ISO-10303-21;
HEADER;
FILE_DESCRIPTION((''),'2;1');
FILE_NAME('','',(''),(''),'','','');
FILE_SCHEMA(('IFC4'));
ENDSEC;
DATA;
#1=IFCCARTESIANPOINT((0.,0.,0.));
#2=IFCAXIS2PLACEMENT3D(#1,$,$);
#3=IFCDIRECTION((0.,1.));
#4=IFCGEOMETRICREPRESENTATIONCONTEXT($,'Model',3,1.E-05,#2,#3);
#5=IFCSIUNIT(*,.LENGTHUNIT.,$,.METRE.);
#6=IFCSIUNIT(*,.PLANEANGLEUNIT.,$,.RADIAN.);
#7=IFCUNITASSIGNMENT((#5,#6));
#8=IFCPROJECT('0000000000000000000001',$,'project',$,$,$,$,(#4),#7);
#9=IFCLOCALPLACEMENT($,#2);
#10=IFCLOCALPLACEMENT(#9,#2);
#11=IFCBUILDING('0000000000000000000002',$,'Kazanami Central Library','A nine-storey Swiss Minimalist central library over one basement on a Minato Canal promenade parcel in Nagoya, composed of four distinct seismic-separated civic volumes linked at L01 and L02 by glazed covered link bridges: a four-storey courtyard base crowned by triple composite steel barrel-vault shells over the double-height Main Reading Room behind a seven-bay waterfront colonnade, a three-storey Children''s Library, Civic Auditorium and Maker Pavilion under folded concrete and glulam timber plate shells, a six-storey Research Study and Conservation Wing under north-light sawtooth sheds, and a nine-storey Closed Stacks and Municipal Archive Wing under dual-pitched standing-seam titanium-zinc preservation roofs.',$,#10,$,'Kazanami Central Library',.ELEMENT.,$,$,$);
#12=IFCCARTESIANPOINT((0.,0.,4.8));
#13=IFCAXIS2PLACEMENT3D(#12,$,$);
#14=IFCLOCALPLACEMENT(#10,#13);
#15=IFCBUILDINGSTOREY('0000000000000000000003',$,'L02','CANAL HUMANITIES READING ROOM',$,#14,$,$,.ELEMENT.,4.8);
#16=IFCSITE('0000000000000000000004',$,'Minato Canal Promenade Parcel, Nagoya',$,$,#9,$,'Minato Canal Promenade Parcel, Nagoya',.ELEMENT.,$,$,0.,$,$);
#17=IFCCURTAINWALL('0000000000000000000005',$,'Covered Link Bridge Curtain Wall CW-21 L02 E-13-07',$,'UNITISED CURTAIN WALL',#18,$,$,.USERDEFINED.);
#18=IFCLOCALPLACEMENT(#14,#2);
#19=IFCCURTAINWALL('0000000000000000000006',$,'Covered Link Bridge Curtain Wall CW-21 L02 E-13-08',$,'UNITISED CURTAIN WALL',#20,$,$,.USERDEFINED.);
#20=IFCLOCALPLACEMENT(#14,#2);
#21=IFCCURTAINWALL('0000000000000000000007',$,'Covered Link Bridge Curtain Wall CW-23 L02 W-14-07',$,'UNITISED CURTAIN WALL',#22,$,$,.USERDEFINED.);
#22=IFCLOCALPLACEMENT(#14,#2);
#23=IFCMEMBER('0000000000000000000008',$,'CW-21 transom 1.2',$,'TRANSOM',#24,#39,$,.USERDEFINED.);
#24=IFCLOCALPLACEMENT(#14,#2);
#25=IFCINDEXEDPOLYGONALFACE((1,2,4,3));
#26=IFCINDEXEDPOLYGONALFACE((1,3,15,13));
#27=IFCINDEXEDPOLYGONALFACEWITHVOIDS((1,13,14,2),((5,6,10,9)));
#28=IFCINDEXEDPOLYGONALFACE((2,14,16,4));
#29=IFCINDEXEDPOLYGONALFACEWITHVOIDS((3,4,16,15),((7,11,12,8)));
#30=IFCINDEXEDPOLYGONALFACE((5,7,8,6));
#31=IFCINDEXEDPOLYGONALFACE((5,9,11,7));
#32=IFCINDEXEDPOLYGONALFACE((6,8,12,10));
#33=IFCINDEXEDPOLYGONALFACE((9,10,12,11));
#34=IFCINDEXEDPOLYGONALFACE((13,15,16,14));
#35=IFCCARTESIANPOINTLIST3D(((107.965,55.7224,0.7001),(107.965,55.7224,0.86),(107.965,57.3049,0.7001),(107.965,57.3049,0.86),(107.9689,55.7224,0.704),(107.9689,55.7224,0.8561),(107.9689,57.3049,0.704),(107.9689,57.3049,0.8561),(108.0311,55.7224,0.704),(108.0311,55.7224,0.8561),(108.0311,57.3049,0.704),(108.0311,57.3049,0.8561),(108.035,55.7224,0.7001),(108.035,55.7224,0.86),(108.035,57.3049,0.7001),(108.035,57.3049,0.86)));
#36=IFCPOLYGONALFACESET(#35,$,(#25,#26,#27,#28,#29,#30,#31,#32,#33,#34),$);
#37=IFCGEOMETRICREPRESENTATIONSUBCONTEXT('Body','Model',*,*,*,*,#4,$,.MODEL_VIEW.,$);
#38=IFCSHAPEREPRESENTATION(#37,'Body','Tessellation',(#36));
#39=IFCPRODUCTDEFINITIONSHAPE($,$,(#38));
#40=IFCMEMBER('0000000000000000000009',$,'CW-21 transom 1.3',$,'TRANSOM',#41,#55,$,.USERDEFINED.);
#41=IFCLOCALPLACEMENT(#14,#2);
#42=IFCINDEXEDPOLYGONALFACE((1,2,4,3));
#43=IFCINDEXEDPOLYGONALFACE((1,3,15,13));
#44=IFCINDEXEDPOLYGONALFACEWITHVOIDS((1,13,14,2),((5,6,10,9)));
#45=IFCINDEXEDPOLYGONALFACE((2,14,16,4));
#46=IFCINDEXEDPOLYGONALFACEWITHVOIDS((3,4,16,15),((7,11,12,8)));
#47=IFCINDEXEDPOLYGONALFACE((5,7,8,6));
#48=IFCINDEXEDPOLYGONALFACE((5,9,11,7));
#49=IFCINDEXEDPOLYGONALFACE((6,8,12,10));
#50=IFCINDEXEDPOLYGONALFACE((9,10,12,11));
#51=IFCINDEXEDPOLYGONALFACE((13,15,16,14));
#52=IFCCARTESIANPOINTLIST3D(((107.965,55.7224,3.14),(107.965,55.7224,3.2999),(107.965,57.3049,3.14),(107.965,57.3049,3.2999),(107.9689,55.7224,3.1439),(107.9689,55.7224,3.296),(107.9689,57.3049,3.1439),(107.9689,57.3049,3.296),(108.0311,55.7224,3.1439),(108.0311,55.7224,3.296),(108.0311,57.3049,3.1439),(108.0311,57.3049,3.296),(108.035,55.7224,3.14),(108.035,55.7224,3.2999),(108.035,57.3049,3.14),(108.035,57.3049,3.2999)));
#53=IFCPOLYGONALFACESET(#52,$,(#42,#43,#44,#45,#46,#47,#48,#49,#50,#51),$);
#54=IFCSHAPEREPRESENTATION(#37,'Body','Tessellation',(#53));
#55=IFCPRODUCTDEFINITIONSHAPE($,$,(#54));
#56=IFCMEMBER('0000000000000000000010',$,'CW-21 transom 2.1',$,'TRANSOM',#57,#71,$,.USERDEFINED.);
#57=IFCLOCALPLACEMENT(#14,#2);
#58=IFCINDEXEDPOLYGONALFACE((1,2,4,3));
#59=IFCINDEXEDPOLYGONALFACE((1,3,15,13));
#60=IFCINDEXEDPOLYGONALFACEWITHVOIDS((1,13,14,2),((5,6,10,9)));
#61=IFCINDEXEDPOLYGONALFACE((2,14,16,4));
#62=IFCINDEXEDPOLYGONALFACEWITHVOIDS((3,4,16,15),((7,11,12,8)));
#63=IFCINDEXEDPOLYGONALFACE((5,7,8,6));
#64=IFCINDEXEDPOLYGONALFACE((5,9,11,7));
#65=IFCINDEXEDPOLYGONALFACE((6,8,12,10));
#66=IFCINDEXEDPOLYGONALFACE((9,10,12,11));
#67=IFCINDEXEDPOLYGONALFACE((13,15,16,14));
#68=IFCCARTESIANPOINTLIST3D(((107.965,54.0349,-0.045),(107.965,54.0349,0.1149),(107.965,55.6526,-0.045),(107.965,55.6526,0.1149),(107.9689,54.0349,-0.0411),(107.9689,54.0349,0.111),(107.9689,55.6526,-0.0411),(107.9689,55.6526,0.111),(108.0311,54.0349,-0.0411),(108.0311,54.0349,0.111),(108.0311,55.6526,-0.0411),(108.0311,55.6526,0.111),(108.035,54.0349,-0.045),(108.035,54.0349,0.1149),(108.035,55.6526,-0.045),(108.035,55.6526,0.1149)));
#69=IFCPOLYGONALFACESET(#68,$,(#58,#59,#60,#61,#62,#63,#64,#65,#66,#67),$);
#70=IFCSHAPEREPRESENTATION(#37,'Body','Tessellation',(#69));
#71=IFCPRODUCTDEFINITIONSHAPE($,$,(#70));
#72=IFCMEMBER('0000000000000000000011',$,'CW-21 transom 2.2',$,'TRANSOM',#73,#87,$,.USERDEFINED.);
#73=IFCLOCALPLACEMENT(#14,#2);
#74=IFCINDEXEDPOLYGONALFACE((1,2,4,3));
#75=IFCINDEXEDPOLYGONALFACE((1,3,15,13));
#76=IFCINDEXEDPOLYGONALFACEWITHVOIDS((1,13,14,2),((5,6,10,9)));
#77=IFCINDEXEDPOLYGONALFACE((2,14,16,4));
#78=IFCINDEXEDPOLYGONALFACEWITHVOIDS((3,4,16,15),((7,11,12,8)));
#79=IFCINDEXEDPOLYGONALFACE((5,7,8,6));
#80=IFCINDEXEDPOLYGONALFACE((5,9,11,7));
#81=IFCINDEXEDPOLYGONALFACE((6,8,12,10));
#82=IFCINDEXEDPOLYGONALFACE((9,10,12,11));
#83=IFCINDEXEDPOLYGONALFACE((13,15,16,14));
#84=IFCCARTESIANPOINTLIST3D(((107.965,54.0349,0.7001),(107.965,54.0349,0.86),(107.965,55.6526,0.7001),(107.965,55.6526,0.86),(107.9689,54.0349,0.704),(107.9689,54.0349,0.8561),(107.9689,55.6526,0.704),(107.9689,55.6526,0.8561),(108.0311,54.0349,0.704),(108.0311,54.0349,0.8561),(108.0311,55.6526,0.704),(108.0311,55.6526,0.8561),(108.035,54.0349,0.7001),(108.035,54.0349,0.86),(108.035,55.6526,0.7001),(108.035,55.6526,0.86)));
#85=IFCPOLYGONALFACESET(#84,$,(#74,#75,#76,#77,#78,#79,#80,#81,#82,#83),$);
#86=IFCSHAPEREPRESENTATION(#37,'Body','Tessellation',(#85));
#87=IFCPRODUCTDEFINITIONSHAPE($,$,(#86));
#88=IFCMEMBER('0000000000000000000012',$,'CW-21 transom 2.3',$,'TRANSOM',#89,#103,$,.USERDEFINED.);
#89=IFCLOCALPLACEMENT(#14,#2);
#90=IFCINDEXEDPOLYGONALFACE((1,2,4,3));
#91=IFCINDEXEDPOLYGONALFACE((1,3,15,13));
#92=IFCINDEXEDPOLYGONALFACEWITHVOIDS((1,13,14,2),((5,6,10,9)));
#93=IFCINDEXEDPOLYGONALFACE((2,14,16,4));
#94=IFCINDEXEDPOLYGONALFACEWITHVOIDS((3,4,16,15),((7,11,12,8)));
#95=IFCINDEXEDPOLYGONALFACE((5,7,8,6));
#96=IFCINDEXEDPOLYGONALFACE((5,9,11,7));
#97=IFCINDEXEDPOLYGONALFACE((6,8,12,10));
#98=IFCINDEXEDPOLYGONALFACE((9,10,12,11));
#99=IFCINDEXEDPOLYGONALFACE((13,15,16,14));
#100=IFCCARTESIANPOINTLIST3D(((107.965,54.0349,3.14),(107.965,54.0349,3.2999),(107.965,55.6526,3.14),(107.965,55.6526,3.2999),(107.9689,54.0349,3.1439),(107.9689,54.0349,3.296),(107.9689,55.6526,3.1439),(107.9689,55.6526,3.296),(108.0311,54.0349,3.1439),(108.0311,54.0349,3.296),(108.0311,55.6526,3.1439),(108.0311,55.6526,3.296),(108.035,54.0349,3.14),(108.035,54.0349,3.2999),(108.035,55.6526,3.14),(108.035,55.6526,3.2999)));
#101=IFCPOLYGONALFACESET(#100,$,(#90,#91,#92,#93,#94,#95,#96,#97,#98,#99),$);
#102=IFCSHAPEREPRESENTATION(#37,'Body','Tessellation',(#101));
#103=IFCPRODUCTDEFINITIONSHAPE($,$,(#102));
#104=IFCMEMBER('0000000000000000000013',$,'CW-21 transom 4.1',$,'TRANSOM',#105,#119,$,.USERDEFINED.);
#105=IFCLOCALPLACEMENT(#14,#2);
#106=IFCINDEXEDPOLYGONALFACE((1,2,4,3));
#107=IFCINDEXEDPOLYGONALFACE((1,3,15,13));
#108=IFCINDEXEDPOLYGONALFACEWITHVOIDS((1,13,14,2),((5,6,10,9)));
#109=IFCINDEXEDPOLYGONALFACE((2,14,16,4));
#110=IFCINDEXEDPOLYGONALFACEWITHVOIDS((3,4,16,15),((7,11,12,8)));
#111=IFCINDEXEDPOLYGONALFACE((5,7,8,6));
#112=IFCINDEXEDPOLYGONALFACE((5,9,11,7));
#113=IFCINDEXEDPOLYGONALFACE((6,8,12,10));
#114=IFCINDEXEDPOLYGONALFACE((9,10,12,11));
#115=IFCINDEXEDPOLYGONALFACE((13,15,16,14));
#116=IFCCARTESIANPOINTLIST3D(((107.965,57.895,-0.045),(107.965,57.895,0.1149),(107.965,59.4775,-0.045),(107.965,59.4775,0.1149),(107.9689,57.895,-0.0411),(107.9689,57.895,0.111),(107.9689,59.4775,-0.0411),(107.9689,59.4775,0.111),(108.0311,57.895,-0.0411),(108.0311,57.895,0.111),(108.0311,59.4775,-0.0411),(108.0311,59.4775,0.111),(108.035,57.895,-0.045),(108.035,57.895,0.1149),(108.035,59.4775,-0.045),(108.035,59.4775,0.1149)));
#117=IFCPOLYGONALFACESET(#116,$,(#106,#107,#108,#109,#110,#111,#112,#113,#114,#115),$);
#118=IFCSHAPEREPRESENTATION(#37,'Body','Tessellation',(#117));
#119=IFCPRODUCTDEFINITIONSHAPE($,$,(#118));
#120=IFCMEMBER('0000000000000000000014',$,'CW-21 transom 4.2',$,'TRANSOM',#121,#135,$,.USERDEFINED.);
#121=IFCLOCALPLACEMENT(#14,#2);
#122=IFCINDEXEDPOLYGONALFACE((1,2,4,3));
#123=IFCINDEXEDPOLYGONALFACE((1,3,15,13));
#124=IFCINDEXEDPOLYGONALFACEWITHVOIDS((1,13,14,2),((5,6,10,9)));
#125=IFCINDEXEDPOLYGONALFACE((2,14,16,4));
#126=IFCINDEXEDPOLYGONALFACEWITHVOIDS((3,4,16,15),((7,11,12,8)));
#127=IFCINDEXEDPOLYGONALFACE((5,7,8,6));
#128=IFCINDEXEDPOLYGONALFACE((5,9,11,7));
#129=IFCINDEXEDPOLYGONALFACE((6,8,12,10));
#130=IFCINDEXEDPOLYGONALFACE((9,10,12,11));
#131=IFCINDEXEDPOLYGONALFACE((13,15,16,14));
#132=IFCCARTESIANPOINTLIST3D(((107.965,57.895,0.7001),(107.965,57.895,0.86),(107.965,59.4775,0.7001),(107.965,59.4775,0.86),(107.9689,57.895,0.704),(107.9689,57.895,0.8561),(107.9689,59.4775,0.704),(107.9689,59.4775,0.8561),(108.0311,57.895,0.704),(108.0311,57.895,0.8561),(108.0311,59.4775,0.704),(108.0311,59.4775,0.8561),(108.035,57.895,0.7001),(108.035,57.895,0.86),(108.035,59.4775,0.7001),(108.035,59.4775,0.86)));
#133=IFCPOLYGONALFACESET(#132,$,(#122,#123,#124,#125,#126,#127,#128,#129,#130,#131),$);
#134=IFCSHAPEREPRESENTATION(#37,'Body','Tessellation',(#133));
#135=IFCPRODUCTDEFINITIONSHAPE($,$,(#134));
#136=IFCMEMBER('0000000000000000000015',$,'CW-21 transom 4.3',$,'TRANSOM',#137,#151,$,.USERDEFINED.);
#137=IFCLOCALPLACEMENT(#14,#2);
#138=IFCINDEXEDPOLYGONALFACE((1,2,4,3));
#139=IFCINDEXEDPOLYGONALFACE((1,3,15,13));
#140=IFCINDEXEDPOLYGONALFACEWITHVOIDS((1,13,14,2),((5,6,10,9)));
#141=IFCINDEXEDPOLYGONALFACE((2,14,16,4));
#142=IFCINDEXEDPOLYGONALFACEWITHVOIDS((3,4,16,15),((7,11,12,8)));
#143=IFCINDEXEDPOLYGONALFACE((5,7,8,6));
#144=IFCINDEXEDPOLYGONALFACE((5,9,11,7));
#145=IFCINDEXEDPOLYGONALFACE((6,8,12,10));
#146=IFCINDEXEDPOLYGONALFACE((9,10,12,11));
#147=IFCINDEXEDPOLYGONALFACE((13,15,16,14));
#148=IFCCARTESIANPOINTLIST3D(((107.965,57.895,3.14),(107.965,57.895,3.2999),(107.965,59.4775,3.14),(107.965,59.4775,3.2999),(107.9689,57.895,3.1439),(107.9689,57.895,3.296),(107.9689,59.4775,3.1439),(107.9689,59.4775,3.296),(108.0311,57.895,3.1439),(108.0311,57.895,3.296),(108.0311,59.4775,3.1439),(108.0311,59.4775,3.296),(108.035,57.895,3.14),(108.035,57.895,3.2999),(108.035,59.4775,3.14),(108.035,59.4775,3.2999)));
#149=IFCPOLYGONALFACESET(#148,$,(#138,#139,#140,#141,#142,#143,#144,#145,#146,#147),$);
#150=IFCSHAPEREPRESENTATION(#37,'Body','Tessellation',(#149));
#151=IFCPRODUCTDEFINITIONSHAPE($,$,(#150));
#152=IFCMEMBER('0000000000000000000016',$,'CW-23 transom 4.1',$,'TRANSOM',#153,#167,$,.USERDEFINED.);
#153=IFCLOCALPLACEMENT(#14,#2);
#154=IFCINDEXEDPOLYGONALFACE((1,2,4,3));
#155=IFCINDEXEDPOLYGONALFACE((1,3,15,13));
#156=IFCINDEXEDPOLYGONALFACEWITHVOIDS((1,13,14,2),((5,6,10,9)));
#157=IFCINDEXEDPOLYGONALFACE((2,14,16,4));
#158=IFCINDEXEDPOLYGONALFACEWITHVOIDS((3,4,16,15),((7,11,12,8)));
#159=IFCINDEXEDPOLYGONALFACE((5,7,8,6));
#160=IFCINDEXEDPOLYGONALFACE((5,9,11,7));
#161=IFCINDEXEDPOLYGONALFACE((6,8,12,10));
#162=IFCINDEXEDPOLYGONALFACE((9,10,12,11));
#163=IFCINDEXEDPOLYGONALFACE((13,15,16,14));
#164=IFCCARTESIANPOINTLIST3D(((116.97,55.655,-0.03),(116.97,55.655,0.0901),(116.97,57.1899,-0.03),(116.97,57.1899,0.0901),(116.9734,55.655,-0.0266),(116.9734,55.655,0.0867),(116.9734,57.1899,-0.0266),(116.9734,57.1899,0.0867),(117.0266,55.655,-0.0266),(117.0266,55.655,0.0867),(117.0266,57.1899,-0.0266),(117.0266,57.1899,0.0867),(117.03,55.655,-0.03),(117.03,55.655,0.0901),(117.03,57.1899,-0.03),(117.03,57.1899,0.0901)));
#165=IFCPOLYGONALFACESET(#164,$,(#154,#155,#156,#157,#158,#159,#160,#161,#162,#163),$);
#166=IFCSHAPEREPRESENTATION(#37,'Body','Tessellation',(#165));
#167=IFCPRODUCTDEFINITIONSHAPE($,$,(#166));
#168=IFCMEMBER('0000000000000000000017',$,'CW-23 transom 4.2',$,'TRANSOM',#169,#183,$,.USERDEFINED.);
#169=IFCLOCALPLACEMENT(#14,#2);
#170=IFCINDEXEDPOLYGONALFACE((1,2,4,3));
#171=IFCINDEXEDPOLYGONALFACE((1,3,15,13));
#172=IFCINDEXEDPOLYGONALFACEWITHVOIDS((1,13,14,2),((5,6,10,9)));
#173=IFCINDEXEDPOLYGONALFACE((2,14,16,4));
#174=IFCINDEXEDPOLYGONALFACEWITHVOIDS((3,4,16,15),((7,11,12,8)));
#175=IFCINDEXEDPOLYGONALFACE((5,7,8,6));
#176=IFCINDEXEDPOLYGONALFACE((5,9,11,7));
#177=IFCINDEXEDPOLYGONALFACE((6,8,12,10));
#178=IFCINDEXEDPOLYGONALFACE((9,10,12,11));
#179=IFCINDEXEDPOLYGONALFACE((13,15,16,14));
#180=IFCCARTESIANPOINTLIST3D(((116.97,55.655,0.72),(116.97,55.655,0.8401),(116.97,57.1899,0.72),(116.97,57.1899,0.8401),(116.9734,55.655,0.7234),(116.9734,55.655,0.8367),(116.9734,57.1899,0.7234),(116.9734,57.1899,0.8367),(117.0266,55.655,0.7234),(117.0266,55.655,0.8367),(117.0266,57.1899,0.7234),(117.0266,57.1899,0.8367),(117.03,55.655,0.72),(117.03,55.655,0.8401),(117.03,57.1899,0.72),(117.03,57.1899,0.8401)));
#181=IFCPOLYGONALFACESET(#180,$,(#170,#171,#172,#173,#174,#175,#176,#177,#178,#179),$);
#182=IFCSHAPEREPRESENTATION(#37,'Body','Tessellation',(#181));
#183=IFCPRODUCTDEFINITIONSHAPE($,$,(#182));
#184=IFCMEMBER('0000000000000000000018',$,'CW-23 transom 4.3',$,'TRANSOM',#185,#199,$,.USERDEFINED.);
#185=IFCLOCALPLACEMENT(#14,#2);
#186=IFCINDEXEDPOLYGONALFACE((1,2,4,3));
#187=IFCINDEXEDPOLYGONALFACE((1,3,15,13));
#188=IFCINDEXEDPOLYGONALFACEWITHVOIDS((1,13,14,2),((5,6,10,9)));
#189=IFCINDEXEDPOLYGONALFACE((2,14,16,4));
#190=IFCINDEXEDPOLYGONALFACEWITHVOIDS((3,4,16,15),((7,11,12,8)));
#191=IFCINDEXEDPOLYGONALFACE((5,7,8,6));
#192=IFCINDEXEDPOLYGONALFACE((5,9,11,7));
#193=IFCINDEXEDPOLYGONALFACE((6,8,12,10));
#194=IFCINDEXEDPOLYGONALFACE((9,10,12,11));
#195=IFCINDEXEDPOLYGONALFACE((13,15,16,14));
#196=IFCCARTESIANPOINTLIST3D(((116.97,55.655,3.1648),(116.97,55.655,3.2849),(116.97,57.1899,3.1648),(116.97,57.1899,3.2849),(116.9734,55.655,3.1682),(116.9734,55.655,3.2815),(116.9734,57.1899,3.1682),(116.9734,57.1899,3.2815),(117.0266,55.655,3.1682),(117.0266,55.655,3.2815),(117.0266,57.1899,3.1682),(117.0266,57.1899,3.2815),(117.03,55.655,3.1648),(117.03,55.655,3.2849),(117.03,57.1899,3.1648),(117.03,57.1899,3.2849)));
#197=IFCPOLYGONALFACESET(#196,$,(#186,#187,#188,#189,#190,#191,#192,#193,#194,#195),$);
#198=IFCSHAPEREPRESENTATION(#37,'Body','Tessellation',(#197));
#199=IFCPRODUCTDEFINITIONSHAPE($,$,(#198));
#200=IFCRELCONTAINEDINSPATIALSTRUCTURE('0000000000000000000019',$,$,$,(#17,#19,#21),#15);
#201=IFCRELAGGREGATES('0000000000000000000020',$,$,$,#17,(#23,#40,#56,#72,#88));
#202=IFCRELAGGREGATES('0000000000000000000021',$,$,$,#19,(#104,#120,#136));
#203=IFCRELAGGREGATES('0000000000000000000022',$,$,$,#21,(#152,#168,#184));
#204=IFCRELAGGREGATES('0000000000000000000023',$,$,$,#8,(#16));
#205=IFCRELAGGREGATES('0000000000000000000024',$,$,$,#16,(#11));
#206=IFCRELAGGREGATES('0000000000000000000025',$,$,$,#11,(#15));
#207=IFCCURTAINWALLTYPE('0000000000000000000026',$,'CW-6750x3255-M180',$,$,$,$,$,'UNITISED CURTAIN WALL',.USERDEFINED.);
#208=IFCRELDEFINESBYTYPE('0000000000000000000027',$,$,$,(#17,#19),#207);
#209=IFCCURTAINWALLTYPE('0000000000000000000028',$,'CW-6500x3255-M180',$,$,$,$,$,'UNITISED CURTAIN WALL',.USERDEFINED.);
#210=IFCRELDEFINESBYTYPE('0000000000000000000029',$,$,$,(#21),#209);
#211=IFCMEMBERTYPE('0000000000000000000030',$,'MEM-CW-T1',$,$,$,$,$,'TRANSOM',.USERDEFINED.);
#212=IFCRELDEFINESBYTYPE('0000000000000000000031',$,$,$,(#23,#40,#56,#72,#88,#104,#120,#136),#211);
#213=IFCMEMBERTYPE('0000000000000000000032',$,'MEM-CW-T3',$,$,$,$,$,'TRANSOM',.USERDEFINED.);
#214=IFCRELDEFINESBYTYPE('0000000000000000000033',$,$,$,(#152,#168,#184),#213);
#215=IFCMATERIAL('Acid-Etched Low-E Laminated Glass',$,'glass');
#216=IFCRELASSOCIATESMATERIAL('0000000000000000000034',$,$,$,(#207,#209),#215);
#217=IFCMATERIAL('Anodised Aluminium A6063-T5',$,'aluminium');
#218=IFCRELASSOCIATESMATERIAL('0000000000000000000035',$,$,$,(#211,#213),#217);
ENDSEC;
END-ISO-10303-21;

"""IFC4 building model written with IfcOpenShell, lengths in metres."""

from ifc_helpers import new_model, si_unit, direction, frame, origin, origin_2d, place, context, subcontext, project, spatial, hollow_rectangle, extrude, material, material_profile, profile_set, type_object, element, aggregate, save


model = new_model("IFC4")

# Units and contexts
model_context = context("Model", 3, precision=1e-05, world=origin(), true_north=direction((0.0, 1.0)))
body_context = subcontext(model_context, "Body", "Model", "MODEL_VIEW")
ifc_project = project(units=[si_unit("LENGTHUNIT", "METRE"), si_unit("PLANEANGLEUNIT", "RADIAN")], contexts=[model_context])

# Site, building, storey
site_placement = place(None, origin())
site = spatial("IfcSite", under=ifc_project, at=site_placement, Name="Minato Canal Promenade Parcel, Nagoya", LongName="Minato Canal Promenade Parcel, Nagoya", CompositionType="ELEMENT", RefElevation=0.0)
building_placement = place(site_placement, origin())
building = spatial("IfcBuilding", under=site, at=building_placement, Name="Kazanami Central Library", Description="A nine-storey Swiss Minimalist central library over one basement on a Minato Canal promenade parcel in Nagoya, composed of four distinct seismic-separated civic volumes linked at L01 and L02 by glazed covered link bridges: a four-storey courtyard base crowned by triple composite steel barrel-vault shells over the double-height Main Reading Room behind a seven-bay waterfront colonnade, a three-storey Children's Library, Civic Auditorium and Maker Pavilion under folded concrete and glulam timber plate shells, a six-storey Research Study and Conservation Wing under north-light sawtooth sheds, and a nine-storey Closed Stacks and Municipal Archive Wing under dual-pitched standing-seam titanium-zinc preservation roofs.", LongName="Kazanami Central Library", CompositionType="ELEMENT")
storey_placement = place(building_placement, frame((0.0, 0.0, 4.8)))
storey = spatial("IfcBuildingStorey", under=building, at=storey_placement, Name="L02", Description="CANAL HUMANITIES READING ROOM", CompositionType="ELEMENT", Elevation=4.8)

# Curtain walls
ifc_material_1 = material(Name="Acid-Etched Low-E Laminated Glass", Category="glass")
curtain_wall_type_1 = type_object("IfcCurtainWallType", Name="CW-6750x3255-M180", ElementType="UNITISED CURTAIN WALL", PredefinedType="USERDEFINED", material=ifc_material_1)
curtain_wall_1_placement = place(storey_placement, origin())
curtain_wall_1 = element("IfcCurtainWall", 1, at=curtain_wall_1_placement, inside=storey, type_object=curtain_wall_type_1, Name="Covered Link Bridge Curtain Wall CW-21 L02 E-13-07", ObjectType="UNITISED CURTAIN WALL", PredefinedType="USERDEFINED")
ifc_material_2 = material(Name="Anodised Aluminium A6063-T5", Category="aluminium")
curtain_wall_2_placement = place(storey_placement, origin())
curtain_wall_2 = element("IfcCurtainWall", 2, at=curtain_wall_2_placement, inside=storey, type_object=curtain_wall_type_1, Name="Covered Link Bridge Curtain Wall CW-21 L02 E-13-08", ObjectType="UNITISED CURTAIN WALL", PredefinedType="USERDEFINED")

# Curtain wall
curtain_wall_type_2 = type_object("IfcCurtainWallType", Name="CW-6500x3255-M180", ElementType="UNITISED CURTAIN WALL", PredefinedType="USERDEFINED", material=ifc_material_1)
curtain_wall_3_placement = place(storey_placement, origin())
curtain_wall_3 = element("IfcCurtainWall", 3, at=curtain_wall_3_placement, inside=storey, type_object=curtain_wall_type_2, Name="Covered Link Bridge Curtain Wall CW-23 L02 W-14-07", ObjectType="UNITISED CURTAIN WALL", PredefinedType="USERDEFINED")

# Members
ifc_material_profile_1 = material_profile(ifc_material_2, hollow_rectangle(XDim=0.0701, YDim=0.1599, WallThickness=0.0039, at=origin_2d()), Name="ALU-TRAN-70x160x4")
ifc_profile_set_1 = profile_set([ifc_material_profile_1], Name="Anodised Aluminium A6063-T5")
member_type_1 = type_object("IfcMemberType", Name="MEM-CW-T1", ElementType="TRANSOM", PredefinedType="USERDEFINED", material=ifc_profile_set_1)
member_1_placement = place(storey_placement, frame((108.0, 57.3049, 0.78), z_axis=(0.0, -1.0, 0.0), x_axis=(1.0, 0.0, 0.0)))
member_1 = element("IfcMember", 4, at=member_1_placement, type_object=member_type_1, Name="CW-21 transom 1.2", ObjectType="TRANSOM", PredefinedType="USERDEFINED", context=body_context, shape_type="SweptSolid", body=[
    extrude(hollow_rectangle(XDim=0.0701, YDim=0.1599, WallThickness=0.0039, at=origin_2d()), origin(), (0.0, 0.0, 1.0), 1.5825),
])
member_2_placement = place(storey_placement, frame((108.0, 57.3049, 3.22), z_axis=(0.0, -1.0, 0.0), x_axis=(1.0, 0.0, 0.0)))
member_2 = element("IfcMember", 5, at=member_2_placement, type_object=member_type_1, Name="CW-21 transom 1.3", ObjectType="TRANSOM", PredefinedType="USERDEFINED", context=body_context, shape_type="SweptSolid", body=[
    extrude(hollow_rectangle(XDim=0.0701, YDim=0.1599, WallThickness=0.0039, at=origin_2d()), origin(), (0.0, 0.0, 1.0), 1.5825),
])
member_3_placement = place(storey_placement, frame((108.0, 55.6526, 0.0349), z_axis=(0.0, -1.0, 0.0), x_axis=(1.0, 0.0, 0.0)))
member_3 = element("IfcMember", 6, at=member_3_placement, type_object=member_type_1, Name="CW-21 transom 2.1", ObjectType="TRANSOM", PredefinedType="USERDEFINED", context=body_context, shape_type="SweptSolid", body=[
    extrude(hollow_rectangle(XDim=0.0701, YDim=0.1599, WallThickness=0.0039, at=origin_2d()), origin(), (0.0, 0.0, 1.0), 1.6177),
])
member_4_placement = place(storey_placement, frame((108.0, 55.6526, 0.78), z_axis=(0.0, -1.0, 0.0), x_axis=(1.0, 0.0, 0.0)))
member_4 = element("IfcMember", 7, at=member_4_placement, type_object=member_type_1, Name="CW-21 transom 2.2", ObjectType="TRANSOM", PredefinedType="USERDEFINED", context=body_context, shape_type="SweptSolid", body=[
    extrude(hollow_rectangle(XDim=0.0701, YDim=0.1599, WallThickness=0.0039, at=origin_2d()), origin(), (0.0, 0.0, 1.0), 1.6177),
])
member_5_placement = place(storey_placement, frame((108.0, 55.6526, 3.22), z_axis=(0.0, -1.0, 0.0), x_axis=(1.0, 0.0, 0.0)))
member_5 = element("IfcMember", 8, at=member_5_placement, type_object=member_type_1, Name="CW-21 transom 2.3", ObjectType="TRANSOM", PredefinedType="USERDEFINED", context=body_context, shape_type="SweptSolid", body=[
    extrude(hollow_rectangle(XDim=0.0701, YDim=0.1599, WallThickness=0.0039, at=origin_2d()), origin(), (0.0, 0.0, 1.0), 1.6177),
])
member_6_placement = place(storey_placement, frame((108.0, 59.4775, 0.0349), z_axis=(0.0, -1.0, 0.0), x_axis=(1.0, 0.0, 0.0)))
member_6 = element("IfcMember", 9, at=member_6_placement, type_object=member_type_1, Name="CW-21 transom 4.1", ObjectType="TRANSOM", PredefinedType="USERDEFINED", context=body_context, shape_type="SweptSolid", body=[
    extrude(hollow_rectangle(XDim=0.0701, YDim=0.1599, WallThickness=0.0039, at=origin_2d()), origin(), (0.0, 0.0, 1.0), 1.5825),
])
member_7_placement = place(storey_placement, frame((108.0, 59.4775, 0.78), z_axis=(0.0, -1.0, 0.0), x_axis=(1.0, 0.0, 0.0)))
member_7 = element("IfcMember", 10, at=member_7_placement, type_object=member_type_1, Name="CW-21 transom 4.2", ObjectType="TRANSOM", PredefinedType="USERDEFINED", context=body_context, shape_type="SweptSolid", body=[
    extrude(hollow_rectangle(XDim=0.0701, YDim=0.1599, WallThickness=0.0039, at=origin_2d()), origin(), (0.0, 0.0, 1.0), 1.5825),
])
member_8_placement = place(storey_placement, frame((108.0, 59.4775, 3.22), z_axis=(0.0, -1.0, 0.0), x_axis=(1.0, 0.0, 0.0)))
member_8 = element("IfcMember", 11, at=member_8_placement, type_object=member_type_1, Name="CW-21 transom 4.3", ObjectType="TRANSOM", PredefinedType="USERDEFINED", context=body_context, shape_type="SweptSolid", body=[
    extrude(hollow_rectangle(XDim=0.0701, YDim=0.1599, WallThickness=0.0039, at=origin_2d()), origin(), (0.0, 0.0, 1.0), 1.5825),
])
ifc_material_profile_2 = material_profile(ifc_material_2, hollow_rectangle(XDim=0.0601, YDim=0.1201, WallThickness=0.0034, at=origin_2d()), Name="ALU-TRAN-60x120x3.5")
ifc_profile_set_2 = profile_set([ifc_material_profile_2], Name="Anodised Aluminium A6063-T5")
member_type_2 = type_object("IfcMemberType", Name="MEM-CW-T3", ElementType="TRANSOM", PredefinedType="USERDEFINED", material=ifc_profile_set_2)
member_9_placement = place(storey_placement, frame((117.0, 55.655, 0.03), z_axis=(0.0, 1.0, 0.0), x_axis=(-1.0, 0.0, 0.0)))
member_9 = element("IfcMember", 12, at=member_9_placement, type_object=member_type_2, Name="CW-23 transom 4.1", ObjectType="TRANSOM", PredefinedType="USERDEFINED", context=body_context, shape_type="SweptSolid", body=[
    extrude(hollow_rectangle(XDim=0.0601, YDim=0.1201, WallThickness=0.0034, at=origin_2d()), origin(), (0.0, 0.0, 1.0), 1.5349),
])
member_10_placement = place(storey_placement, frame((117.0, 55.655, 0.78), z_axis=(0.0, 1.0, 0.0), x_axis=(-1.0, 0.0, 0.0)))
member_10 = element("IfcMember", 13, at=member_10_placement, type_object=member_type_2, Name="CW-23 transom 4.2", ObjectType="TRANSOM", PredefinedType="USERDEFINED", context=body_context, shape_type="SweptSolid", body=[
    extrude(hollow_rectangle(XDim=0.0601, YDim=0.1201, WallThickness=0.0034, at=origin_2d()), origin(), (0.0, 0.0, 1.0), 1.5349),
])
member_11_placement = place(storey_placement, frame((117.0, 55.655, 3.2249), z_axis=(0.0, 1.0, 0.0), x_axis=(-1.0, 0.0, 0.0)))
member_11 = element("IfcMember", 14, at=member_11_placement, type_object=member_type_2, Name="CW-23 transom 4.3", ObjectType="TRANSOM", PredefinedType="USERDEFINED", context=body_context, shape_type="SweptSolid", body=[
    extrude(hollow_rectangle(XDim=0.0601, YDim=0.1201, WallThickness=0.0034, at=origin_2d()), origin(), (0.0, 0.0, 1.0), 1.5349),
])

aggregate(curtain_wall_1, [member_1, member_2, member_3, member_4, member_5])
aggregate(curtain_wall_2, [member_6, member_7, member_8])
aggregate(curtain_wall_3, [member_9, member_10, member_11])

save(model, "model.ifc")
